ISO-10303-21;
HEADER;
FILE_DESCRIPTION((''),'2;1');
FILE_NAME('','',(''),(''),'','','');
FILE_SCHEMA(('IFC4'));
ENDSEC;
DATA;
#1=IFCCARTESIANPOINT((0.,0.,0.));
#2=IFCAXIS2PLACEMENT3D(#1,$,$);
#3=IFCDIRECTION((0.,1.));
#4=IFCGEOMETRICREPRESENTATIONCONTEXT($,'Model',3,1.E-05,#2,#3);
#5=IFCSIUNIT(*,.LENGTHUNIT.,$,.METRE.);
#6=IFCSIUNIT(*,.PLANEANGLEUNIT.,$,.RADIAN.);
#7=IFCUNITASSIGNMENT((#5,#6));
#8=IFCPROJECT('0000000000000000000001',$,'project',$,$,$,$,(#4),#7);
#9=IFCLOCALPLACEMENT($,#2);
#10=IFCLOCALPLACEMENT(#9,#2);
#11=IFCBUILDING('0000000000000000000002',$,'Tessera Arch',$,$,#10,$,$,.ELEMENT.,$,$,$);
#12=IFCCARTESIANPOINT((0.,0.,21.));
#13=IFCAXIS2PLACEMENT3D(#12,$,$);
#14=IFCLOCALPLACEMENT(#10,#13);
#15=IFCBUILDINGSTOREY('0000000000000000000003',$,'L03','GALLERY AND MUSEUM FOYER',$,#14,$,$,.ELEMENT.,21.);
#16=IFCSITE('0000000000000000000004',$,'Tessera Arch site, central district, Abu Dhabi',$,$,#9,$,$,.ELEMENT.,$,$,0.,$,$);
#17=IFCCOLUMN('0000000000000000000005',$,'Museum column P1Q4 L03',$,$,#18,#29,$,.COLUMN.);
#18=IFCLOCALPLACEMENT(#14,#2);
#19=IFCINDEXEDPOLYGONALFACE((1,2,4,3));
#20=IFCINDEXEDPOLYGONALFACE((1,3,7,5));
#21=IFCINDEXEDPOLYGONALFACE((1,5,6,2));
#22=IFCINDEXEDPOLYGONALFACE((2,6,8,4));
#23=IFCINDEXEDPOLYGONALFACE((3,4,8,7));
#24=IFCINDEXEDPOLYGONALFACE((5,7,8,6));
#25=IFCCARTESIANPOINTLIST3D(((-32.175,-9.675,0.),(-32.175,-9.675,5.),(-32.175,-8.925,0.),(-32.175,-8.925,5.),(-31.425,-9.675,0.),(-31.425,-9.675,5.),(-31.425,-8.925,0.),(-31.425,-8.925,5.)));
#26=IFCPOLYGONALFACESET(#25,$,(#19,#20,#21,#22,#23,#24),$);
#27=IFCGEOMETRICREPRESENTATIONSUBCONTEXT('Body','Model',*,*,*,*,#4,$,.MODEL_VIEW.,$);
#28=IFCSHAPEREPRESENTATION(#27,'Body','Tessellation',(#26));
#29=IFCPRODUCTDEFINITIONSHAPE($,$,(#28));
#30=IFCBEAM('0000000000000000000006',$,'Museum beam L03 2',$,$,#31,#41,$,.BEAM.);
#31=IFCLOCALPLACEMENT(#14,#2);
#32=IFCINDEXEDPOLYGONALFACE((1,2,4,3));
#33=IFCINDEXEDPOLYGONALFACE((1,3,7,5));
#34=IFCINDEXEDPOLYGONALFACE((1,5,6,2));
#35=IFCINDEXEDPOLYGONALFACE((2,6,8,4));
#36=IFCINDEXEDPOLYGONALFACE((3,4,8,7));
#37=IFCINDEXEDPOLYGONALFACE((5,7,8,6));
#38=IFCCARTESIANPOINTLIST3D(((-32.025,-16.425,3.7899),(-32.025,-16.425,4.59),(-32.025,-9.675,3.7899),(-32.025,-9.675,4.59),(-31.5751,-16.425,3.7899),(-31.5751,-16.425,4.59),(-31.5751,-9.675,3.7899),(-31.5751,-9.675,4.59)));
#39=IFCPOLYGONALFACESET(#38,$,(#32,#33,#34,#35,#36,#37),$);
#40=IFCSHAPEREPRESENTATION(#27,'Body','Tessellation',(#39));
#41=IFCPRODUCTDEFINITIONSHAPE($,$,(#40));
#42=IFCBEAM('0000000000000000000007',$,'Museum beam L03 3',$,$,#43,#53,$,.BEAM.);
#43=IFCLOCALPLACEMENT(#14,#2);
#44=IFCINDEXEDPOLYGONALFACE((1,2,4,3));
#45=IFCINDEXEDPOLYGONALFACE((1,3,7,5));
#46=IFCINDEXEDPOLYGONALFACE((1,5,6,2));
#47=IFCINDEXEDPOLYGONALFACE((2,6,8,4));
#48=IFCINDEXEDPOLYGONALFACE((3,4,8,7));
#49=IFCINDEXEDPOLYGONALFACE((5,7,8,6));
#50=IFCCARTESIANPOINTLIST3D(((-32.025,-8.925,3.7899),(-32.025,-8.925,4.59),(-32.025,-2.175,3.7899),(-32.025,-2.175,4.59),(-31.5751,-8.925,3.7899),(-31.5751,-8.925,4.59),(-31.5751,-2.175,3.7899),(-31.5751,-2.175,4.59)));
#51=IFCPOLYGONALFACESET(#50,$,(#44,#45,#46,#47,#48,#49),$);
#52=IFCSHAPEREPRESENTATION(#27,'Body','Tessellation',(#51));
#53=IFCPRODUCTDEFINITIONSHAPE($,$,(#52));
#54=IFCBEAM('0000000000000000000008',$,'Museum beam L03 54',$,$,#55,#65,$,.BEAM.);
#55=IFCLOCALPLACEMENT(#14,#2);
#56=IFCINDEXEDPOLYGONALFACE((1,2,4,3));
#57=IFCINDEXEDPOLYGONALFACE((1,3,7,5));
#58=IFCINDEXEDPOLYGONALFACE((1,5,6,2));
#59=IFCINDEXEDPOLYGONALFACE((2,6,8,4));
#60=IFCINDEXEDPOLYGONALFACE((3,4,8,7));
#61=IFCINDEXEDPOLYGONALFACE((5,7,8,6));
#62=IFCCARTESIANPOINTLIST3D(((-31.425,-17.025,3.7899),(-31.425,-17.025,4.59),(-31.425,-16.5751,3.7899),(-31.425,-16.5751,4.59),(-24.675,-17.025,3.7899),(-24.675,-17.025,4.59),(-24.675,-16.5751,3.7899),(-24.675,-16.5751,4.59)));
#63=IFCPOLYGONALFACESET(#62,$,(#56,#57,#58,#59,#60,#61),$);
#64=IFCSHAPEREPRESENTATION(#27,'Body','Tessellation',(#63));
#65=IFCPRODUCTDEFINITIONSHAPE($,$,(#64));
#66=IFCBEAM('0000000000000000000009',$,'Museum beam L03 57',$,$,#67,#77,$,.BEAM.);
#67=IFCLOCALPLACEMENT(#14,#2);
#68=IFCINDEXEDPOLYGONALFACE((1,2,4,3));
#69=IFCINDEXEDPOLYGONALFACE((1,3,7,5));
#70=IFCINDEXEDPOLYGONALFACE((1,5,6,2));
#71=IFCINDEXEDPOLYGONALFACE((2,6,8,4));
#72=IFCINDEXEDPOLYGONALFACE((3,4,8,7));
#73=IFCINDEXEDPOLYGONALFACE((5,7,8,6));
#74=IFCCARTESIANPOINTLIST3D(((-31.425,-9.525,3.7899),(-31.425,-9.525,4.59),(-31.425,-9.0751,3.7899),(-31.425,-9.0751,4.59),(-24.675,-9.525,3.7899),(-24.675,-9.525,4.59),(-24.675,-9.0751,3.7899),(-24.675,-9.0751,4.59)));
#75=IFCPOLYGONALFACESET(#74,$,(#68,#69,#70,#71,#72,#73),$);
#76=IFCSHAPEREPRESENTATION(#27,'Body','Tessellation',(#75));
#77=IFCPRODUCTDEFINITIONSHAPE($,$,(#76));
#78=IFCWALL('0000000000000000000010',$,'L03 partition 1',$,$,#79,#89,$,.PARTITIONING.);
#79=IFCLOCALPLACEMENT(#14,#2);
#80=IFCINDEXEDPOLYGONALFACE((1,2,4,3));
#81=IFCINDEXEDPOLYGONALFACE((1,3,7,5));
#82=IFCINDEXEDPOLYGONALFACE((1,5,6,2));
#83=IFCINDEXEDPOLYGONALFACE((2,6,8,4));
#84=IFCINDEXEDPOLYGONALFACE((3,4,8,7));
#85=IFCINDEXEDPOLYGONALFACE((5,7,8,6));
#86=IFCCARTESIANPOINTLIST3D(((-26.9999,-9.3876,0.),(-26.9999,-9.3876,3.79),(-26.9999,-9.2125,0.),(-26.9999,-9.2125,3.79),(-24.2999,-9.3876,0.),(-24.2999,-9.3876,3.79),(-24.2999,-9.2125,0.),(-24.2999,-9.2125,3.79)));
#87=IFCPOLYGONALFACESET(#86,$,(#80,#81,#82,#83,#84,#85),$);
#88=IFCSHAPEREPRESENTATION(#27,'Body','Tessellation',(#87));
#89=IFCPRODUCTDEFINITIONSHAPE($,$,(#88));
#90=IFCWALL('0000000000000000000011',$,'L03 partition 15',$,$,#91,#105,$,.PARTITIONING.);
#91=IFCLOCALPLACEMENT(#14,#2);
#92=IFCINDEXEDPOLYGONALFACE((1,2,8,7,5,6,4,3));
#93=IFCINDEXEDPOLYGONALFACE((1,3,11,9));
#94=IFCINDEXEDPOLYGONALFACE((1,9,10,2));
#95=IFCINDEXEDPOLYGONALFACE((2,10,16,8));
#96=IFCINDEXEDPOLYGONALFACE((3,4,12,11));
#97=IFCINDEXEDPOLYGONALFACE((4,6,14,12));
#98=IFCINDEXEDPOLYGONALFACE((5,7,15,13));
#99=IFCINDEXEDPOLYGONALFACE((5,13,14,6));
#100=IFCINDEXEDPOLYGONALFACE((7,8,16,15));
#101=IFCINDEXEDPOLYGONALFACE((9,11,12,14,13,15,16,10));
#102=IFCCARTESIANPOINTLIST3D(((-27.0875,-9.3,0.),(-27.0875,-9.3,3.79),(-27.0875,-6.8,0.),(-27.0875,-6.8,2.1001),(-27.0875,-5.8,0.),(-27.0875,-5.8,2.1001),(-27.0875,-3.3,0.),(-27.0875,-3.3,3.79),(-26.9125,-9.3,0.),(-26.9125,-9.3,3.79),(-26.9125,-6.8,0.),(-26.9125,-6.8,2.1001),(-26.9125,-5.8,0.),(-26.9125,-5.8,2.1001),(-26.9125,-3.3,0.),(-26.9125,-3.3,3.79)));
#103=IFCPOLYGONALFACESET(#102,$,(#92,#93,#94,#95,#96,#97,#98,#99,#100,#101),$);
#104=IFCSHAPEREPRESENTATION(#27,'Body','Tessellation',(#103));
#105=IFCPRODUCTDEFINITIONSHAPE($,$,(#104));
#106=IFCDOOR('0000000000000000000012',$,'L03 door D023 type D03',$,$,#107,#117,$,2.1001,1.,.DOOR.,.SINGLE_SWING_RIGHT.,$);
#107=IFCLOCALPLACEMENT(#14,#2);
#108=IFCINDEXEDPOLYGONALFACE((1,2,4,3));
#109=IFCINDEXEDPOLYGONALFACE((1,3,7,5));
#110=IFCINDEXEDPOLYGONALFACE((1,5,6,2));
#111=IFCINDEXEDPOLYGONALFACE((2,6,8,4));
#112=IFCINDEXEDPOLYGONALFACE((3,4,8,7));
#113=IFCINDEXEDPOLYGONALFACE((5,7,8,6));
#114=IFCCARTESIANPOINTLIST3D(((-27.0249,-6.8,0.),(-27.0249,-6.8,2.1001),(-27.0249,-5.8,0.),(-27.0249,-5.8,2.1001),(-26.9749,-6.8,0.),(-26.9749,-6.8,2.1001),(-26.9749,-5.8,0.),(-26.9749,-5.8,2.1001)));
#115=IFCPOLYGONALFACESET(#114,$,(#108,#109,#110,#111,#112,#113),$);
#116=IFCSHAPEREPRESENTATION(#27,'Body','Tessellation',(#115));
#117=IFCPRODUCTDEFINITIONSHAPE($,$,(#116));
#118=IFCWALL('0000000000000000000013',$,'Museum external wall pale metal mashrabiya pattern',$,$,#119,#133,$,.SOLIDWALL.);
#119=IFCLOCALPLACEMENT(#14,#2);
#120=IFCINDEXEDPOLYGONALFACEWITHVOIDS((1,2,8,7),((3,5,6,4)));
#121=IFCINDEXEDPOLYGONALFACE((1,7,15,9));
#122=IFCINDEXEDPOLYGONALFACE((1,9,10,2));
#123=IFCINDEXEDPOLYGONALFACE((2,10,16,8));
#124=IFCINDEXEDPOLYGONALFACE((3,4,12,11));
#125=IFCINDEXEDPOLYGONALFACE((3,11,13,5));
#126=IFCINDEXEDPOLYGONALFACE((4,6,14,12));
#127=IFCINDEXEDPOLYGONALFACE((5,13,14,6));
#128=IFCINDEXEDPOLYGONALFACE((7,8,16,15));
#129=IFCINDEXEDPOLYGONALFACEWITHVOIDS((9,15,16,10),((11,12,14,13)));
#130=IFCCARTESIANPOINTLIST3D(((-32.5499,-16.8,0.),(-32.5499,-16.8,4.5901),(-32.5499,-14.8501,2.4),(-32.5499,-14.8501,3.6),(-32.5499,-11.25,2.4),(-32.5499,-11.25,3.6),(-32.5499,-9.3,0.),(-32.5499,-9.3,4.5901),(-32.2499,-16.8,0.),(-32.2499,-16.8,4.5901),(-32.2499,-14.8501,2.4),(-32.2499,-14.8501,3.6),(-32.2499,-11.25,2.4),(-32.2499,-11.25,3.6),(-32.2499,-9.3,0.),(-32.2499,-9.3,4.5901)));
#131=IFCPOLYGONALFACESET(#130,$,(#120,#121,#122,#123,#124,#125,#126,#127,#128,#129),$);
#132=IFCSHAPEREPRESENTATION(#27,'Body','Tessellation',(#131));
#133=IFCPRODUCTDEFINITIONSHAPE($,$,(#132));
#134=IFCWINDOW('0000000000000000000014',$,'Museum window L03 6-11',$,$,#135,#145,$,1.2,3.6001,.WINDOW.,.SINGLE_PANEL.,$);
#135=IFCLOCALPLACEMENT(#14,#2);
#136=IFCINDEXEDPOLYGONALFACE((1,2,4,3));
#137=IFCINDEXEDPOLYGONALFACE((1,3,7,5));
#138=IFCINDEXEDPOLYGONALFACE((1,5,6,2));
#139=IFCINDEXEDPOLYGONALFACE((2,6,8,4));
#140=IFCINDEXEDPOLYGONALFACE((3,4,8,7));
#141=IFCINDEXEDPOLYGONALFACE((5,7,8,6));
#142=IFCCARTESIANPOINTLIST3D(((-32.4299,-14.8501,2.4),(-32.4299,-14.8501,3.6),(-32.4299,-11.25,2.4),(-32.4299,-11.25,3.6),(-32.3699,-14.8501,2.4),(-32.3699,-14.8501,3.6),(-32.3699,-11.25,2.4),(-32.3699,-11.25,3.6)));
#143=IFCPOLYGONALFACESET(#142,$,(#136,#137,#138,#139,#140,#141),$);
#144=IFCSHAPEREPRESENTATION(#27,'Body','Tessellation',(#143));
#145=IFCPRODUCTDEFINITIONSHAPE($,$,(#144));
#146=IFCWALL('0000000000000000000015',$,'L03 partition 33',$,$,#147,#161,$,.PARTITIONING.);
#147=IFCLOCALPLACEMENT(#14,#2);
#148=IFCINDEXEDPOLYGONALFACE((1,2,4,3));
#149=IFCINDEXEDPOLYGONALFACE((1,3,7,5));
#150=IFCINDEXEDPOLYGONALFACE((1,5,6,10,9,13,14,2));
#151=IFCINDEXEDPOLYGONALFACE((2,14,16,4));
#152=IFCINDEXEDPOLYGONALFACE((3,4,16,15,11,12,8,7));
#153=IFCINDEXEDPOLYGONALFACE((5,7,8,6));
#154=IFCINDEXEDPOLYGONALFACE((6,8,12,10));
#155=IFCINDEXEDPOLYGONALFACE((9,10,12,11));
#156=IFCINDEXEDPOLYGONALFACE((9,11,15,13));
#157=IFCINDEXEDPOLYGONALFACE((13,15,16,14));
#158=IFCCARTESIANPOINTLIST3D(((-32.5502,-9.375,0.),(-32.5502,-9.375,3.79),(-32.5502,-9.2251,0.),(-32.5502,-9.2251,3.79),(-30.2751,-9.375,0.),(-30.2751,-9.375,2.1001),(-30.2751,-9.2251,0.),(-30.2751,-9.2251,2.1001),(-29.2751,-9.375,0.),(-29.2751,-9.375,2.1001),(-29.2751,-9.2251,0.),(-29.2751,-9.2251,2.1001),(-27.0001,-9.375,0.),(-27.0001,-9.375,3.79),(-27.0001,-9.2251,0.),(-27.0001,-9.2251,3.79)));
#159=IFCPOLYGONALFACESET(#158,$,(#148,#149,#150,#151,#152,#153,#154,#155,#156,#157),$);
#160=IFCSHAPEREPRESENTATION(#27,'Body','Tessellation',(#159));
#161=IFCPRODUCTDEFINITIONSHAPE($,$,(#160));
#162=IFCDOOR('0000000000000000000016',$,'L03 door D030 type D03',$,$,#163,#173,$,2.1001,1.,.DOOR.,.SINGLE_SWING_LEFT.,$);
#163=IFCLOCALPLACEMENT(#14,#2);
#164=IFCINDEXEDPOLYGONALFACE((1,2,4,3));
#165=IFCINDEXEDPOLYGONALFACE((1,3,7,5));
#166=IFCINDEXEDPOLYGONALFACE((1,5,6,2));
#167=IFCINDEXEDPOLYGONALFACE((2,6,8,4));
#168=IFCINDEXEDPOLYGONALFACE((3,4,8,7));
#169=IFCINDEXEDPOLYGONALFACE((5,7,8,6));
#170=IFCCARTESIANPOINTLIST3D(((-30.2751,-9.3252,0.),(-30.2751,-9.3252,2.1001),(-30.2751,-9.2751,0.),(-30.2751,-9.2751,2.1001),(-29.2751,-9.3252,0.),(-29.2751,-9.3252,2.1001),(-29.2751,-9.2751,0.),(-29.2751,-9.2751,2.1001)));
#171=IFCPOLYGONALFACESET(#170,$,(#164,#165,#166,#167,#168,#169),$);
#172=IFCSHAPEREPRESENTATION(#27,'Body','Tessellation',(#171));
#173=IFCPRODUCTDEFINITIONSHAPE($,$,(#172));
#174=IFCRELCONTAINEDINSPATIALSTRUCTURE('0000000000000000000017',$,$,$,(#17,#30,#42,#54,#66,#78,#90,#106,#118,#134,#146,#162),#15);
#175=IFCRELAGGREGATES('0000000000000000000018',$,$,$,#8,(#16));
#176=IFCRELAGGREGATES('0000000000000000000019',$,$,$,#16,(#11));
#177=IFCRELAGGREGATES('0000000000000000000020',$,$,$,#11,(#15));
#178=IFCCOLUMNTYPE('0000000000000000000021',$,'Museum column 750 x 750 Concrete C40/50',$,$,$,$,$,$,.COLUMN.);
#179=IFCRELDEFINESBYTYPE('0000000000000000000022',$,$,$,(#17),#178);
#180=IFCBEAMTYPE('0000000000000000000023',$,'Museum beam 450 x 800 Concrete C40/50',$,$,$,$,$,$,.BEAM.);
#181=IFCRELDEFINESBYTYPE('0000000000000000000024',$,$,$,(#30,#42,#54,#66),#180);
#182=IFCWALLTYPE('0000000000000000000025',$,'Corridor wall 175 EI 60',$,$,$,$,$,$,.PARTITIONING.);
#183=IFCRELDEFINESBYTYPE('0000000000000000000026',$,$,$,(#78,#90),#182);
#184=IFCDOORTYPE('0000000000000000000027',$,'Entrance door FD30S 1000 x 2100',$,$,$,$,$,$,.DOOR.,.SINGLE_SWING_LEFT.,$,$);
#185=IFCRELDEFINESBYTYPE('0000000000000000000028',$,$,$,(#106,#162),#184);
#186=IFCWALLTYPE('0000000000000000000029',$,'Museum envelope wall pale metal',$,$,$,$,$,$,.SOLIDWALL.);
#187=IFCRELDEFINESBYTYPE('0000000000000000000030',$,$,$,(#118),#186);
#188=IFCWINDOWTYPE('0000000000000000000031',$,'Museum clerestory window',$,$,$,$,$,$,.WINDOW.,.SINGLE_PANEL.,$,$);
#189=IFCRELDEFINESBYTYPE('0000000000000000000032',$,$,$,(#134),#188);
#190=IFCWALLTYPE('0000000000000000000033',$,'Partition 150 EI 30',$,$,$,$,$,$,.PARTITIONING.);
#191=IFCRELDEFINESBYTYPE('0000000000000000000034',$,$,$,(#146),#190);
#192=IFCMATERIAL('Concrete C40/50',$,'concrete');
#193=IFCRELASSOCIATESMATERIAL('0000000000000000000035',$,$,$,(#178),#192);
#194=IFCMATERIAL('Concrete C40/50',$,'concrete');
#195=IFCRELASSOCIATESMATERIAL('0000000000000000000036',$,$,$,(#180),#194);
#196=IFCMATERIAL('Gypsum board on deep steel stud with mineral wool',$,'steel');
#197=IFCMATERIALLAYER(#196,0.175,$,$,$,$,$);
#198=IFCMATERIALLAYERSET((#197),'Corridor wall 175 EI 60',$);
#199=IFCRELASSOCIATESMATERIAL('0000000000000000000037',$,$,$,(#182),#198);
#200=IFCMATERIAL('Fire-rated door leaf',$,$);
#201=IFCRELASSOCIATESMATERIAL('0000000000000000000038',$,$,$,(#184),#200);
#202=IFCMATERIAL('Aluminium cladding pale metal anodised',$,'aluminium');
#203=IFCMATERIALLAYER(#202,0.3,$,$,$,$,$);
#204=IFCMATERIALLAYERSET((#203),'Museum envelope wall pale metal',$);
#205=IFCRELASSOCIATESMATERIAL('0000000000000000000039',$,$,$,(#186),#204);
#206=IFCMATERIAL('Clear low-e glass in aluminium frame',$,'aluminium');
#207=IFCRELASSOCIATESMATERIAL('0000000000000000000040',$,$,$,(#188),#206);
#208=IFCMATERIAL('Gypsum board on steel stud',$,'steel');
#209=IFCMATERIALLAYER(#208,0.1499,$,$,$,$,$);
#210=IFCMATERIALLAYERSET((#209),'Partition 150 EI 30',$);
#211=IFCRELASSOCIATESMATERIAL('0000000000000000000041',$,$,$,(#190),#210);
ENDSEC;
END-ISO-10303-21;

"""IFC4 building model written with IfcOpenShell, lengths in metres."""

from ifc_helpers import new_model, si_unit, direction, frame, frame_2d, origin, origin_2d, place, context, subcontext, project, spatial, rectangle, extrude, material, layer, layer_set, material_profile, profile_set, type_object, element, fill, save


model = new_model("IFC4")

# Units and contexts
model_context = context("Model", 3, precision=1e-05, world=origin(), true_north=direction((0.0, 1.0)))
body_context = subcontext(model_context, "Body", "Model", "MODEL_VIEW")
ifc_project = project(units=[si_unit("LENGTHUNIT", "METRE"), si_unit("PLANEANGLEUNIT", "RADIAN")], contexts=[model_context])

# Site, building, storey
site_placement = place(None, origin())
site = spatial("IfcSite", under=ifc_project, at=site_placement, Name="Tessera Arch site, central district, Abu Dhabi", CompositionType="ELEMENT", RefElevation=0.0)
building_placement = place(site_placement, origin())
building = spatial("IfcBuilding", under=site, at=building_placement, Name="Tessera Arch", CompositionType="ELEMENT")
storey_placement = place(building_placement, frame((0.0, 0.0, 21.0)))
storey = spatial("IfcBuildingStorey", under=building, at=storey_placement, Name="L03", Description="GALLERY AND MUSEUM FOYER", CompositionType="ELEMENT", Elevation=21.0)

# Column
ifc_material_1 = material(Name="Concrete C40/50", Category="concrete")
ifc_material_profile_1 = material_profile(ifc_material_1, rectangle(XDim=0.75, YDim=0.75, at=origin_2d()), Name="Museum column 750 x 750 Concrete C40/50")
ifc_profile_set_1 = profile_set([ifc_material_profile_1], Name="Concrete C40/50")
column_type = type_object("IfcColumnType", Name="Museum column 750 x 750 Concrete C40/50", PredefinedType="COLUMN", material=ifc_profile_set_1)
column_placement = place(storey_placement, frame((-31.8, -9.3, 0.0), z_axis=(0.0, 0.0, 1.0), x_axis=(1.0, 0.0, 0.0)))
element("IfcColumn", 1, at=column_placement, inside=storey, type_object=column_type, Name="Museum column P1Q4 L03", PredefinedType="COLUMN", context=body_context, shape_type="SweptSolid", body=[
    extrude(rectangle(XDim=0.75, YDim=0.75, at=origin_2d()), origin(), (0.0, 0.0, 1.0), 5.0),
])

# Beams
ifc_material_2 = material(Name="Concrete C40/50", Category="concrete")
ifc_material_profile_2 = material_profile(ifc_material_2, rectangle(XDim=0.45, YDim=0.8, at=origin_2d()), Name="Museum beam 450 x 800 Concrete C40/50")
ifc_profile_set_2 = profile_set([ifc_material_profile_2], Name="Concrete C40/50")
beam_type = type_object("IfcBeamType", Name="Museum beam 450 x 800 Concrete C40/50", PredefinedType="BEAM", material=ifc_profile_set_2)
for number, where, z_axis, x_axis, name in (
    (2, (-31.8, -16.425, 4.1899), (0.0, 1.0, 0.0), (-1.0, 0.0, 0.0), "Museum beam L03 2"),
    (3, (-31.8, -8.925, 4.1899), (0.0, 1.0, 0.0), (-1.0, 0.0, 0.0), "Museum beam L03 3"),
    (4, (-31.425, -16.8, 4.1899), (1.0, 0.0, 0.0), (0.0, 1.0, 0.0), "Museum beam L03 54"),
    (5, (-31.425, -9.3, 4.1899), (1.0, 0.0, 0.0), (0.0, 1.0, 0.0), "Museum beam L03 57"),
):
    element("IfcBeam", number, at=place(storey_placement, frame(where, z_axis=z_axis, x_axis=x_axis)), inside=storey, type_object=beam_type, Name=name, PredefinedType="BEAM", context=body_context, shape_type="SweptSolid", body=[
        extrude(rectangle(XDim=0.45, YDim=0.8, at=origin_2d()), origin(), (0.0, 0.0, 1.0), 6.75),
    ])

# Wall
ifc_material_3 = material(Name="Gypsum board on deep steel stud with mineral wool", Category="steel")
ifc_layer_1 = layer(ifc_material_3, 0.175)
ifc_layer_set_1 = layer_set([ifc_layer_1], Name="Corridor wall 175 EI 60")
wall_type_1 = type_object("IfcWallType", Name="Corridor wall 175 EI 60", PredefinedType="PARTITIONING", material=ifc_layer_set_1)
wall_1_placement = place(storey_placement, frame((-27.0, -9.3, 0.0), z_axis=(0.0, 0.0, 1.0), x_axis=(1.0, 0.0, 0.0)))
element("IfcWall", 6, at=wall_1_placement, inside=storey, type_object=wall_type_1, Name="L03 partition 1", PredefinedType="PARTITIONING", context=body_context, shape_type="SweptSolid", body=[
    extrude(rectangle(XDim=2.7, YDim=0.175, at=frame_2d((1.3501, 0.0))), origin(), (0.0, 0.0, 1.0), 3.79),
])

# Wall, opening, door
wall_2_placement = place(storey_placement, frame((-27.0, -9.3, 0.0), z_axis=(0.0, 0.0, 1.0), x_axis=(0.0, 1.0, 0.0)))
wall_2 = element("IfcWall", 7, at=wall_2_placement, inside=storey, type_object=wall_type_1, Name="L03 partition 15", PredefinedType="PARTITIONING", context=body_context, shape_type="SweptSolid", body=[
    extrude(rectangle(XDim=6.0, YDim=0.175, at=frame_2d((3.0, 0.0))), origin(), (0.0, 0.0, 1.0), 3.79),
])
opening_1_placement = place(wall_2_placement, frame((2.5, 0.0, 0.0)))
opening_1 = element("IfcOpeningElement", 8, at=opening_1_placement, cuts=wall_2, PredefinedType="OPENING", context=body_context, shape_type="SweptSolid", body=[
    extrude(rectangle(XDim=1.0, YDim=2.1001, at=frame_2d((0.5, 1.05))), frame((0.0, 0.0974, 0.0), z_axis=(0.0, -1.0, 0.0), x_axis=(1.0, 0.0, 0.0)), (0.0, 0.0, 1.0), 0.1951),
])
ifc_material_4 = material(Name="Fire-rated door leaf")
door_type = type_object("IfcDoorType", Name="Entrance door FD30S 1000 x 2100", OperationType="SINGLE_SWING_LEFT", PredefinedType="DOOR", material=ifc_material_4)
door_1_placement = place(opening_1_placement, origin())
door_1 = element("IfcDoor", 9, at=door_1_placement, inside=storey, type_object=door_type, Name="L03 door D023 type D03", OperationType="SINGLE_SWING_RIGHT", OverallHeight=2.1001, OverallWidth=1.0, PredefinedType="DOOR", context=body_context, shape_type="SweptSolid", body=[
    extrude(rectangle(XDim=1.0, YDim=2.1001, at=frame_2d((0.5, 1.05))), frame((0.0, 0.0249, 0.0), z_axis=(0.0, -1.0, 0.0), x_axis=(1.0, 0.0, 0.0)), (0.0, 0.0, 1.0), 0.05),
])
fill(opening_1, door_1)

# Wall, opening, window
ifc_material_5 = material(Name="Aluminium cladding pale metal anodised", Category="aluminium")
ifc_layer_2 = layer(ifc_material_5, 0.3)
ifc_layer_set_2 = layer_set([ifc_layer_2], Name="Museum envelope wall pale metal")
wall_type_2 = type_object("IfcWallType", Name="Museum envelope wall pale metal", PredefinedType="SOLIDWALL", material=ifc_layer_set_2)
wall_3_placement = place(storey_placement, frame((-32.3999, -9.3, 0.0), z_axis=(0.0, 0.0, 1.0), x_axis=(0.0, -1.0, 0.0)))
wall_3 = element("IfcWall", 10, at=wall_3_placement, inside=storey, type_object=wall_type_2, Name="Museum external wall pale metal mashrabiya pattern", PredefinedType="SOLIDWALL", context=body_context, shape_type="SweptSolid", body=[
    extrude(rectangle(XDim=7.5, YDim=0.3, at=frame_2d((3.75, 0.0))), origin(), (0.0, 0.0, 1.0), 4.5901),
])
opening_2_placement = place(wall_3_placement, frame((1.95, 0.0, 2.3999)))
opening_2 = element("IfcOpeningElement", 11, at=opening_2_placement, cuts=wall_3, PredefinedType="OPENING", context=body_context, shape_type="SweptSolid", body=[
    extrude(rectangle(XDim=3.6001, YDim=1.2, at=frame_2d((1.8, 0.6001))), frame((0.0, 0.1599, 0.0), z_axis=(0.0, -1.0, 0.0), x_axis=(1.0, 0.0, 0.0)), (0.0, 0.0, 1.0), 0.3201),
])
ifc_material_6 = material(Name="Clear low-e glass in aluminium frame", Category="aluminium")
window_type = type_object("IfcWindowType", Name="Museum clerestory window", PartitioningType="SINGLE_PANEL", PredefinedType="WINDOW", material=ifc_material_6)
window_placement = place(opening_2_placement, origin())
window = element("IfcWindow", 12, at=window_placement, inside=storey, type_object=window_type, Name="Museum window L03 6-11", OverallHeight=1.2, OverallWidth=3.6001, PartitioningType="SINGLE_PANEL", PredefinedType="WINDOW", context=body_context, shape_type="SweptSolid", body=[
    extrude(rectangle(XDim=3.6001, YDim=1.2, at=frame_2d((1.8, 0.6001))), frame((0.0, 0.03, 0.0), z_axis=(0.0, -1.0, 0.0), x_axis=(1.0, 0.0, 0.0)), (0.0, 0.0, 1.0), 0.0601),
])
fill(opening_2, window)

# Wall, opening, door
ifc_material_7 = material(Name="Gypsum board on steel stud", Category="steel")
ifc_layer_3 = layer(ifc_material_7, 0.1499)
ifc_layer_set_3 = layer_set([ifc_layer_3], Name="Partition 150 EI 30")
wall_type_3 = type_object("IfcWallType", Name="Partition 150 EI 30", PredefinedType="PARTITIONING", material=ifc_layer_set_3)
wall_4_placement = place(storey_placement, frame((-32.55, -9.3, 0.0), z_axis=(0.0, 0.0, 1.0), x_axis=(1.0, 0.0, 0.0)))
wall_4 = element("IfcWall", 13, at=wall_4_placement, inside=storey, type_object=wall_type_3, Name="L03 partition 33", PredefinedType="PARTITIONING", context=body_context, shape_type="SweptSolid", body=[
    extrude(rectangle(XDim=5.55, YDim=0.1499, at=frame_2d((2.7749, 0.0))), origin(), (0.0, 0.0, 1.0), 3.79),
])
opening_3_placement = place(wall_4_placement, frame((2.2749, 0.0, 0.0)))
opening_3 = element("IfcOpeningElement", 14, at=opening_3_placement, cuts=wall_4, PredefinedType="OPENING", context=body_context, shape_type="SweptSolid", body=[
    extrude(rectangle(XDim=1.0, YDim=2.1001, at=frame_2d((0.5, 1.05))), frame((0.0, 0.085, 0.0), z_axis=(0.0, -1.0, 0.0), x_axis=(1.0, 0.0, 0.0)), (0.0, 0.0, 1.0), 0.1699),
])
door_2_placement = place(opening_3_placement, origin())
door_2 = element("IfcDoor", 15, at=door_2_placement, inside=storey, type_object=door_type, Name="L03 door D030 type D03", OperationType="SINGLE_SWING_LEFT", OverallHeight=2.1001, OverallWidth=1.0, PredefinedType="DOOR", context=body_context, shape_type="SweptSolid", body=[
    extrude(rectangle(XDim=1.0, YDim=2.1001, at=frame_2d((0.5, 1.05))), frame((0.0, 0.0249, 0.0), z_axis=(0.0, -1.0, 0.0), x_axis=(1.0, 0.0, 0.0)), (0.0, 0.0, 1.0), 0.05),
])
fill(opening_3, door_2)

save(model, "model.ifc")
